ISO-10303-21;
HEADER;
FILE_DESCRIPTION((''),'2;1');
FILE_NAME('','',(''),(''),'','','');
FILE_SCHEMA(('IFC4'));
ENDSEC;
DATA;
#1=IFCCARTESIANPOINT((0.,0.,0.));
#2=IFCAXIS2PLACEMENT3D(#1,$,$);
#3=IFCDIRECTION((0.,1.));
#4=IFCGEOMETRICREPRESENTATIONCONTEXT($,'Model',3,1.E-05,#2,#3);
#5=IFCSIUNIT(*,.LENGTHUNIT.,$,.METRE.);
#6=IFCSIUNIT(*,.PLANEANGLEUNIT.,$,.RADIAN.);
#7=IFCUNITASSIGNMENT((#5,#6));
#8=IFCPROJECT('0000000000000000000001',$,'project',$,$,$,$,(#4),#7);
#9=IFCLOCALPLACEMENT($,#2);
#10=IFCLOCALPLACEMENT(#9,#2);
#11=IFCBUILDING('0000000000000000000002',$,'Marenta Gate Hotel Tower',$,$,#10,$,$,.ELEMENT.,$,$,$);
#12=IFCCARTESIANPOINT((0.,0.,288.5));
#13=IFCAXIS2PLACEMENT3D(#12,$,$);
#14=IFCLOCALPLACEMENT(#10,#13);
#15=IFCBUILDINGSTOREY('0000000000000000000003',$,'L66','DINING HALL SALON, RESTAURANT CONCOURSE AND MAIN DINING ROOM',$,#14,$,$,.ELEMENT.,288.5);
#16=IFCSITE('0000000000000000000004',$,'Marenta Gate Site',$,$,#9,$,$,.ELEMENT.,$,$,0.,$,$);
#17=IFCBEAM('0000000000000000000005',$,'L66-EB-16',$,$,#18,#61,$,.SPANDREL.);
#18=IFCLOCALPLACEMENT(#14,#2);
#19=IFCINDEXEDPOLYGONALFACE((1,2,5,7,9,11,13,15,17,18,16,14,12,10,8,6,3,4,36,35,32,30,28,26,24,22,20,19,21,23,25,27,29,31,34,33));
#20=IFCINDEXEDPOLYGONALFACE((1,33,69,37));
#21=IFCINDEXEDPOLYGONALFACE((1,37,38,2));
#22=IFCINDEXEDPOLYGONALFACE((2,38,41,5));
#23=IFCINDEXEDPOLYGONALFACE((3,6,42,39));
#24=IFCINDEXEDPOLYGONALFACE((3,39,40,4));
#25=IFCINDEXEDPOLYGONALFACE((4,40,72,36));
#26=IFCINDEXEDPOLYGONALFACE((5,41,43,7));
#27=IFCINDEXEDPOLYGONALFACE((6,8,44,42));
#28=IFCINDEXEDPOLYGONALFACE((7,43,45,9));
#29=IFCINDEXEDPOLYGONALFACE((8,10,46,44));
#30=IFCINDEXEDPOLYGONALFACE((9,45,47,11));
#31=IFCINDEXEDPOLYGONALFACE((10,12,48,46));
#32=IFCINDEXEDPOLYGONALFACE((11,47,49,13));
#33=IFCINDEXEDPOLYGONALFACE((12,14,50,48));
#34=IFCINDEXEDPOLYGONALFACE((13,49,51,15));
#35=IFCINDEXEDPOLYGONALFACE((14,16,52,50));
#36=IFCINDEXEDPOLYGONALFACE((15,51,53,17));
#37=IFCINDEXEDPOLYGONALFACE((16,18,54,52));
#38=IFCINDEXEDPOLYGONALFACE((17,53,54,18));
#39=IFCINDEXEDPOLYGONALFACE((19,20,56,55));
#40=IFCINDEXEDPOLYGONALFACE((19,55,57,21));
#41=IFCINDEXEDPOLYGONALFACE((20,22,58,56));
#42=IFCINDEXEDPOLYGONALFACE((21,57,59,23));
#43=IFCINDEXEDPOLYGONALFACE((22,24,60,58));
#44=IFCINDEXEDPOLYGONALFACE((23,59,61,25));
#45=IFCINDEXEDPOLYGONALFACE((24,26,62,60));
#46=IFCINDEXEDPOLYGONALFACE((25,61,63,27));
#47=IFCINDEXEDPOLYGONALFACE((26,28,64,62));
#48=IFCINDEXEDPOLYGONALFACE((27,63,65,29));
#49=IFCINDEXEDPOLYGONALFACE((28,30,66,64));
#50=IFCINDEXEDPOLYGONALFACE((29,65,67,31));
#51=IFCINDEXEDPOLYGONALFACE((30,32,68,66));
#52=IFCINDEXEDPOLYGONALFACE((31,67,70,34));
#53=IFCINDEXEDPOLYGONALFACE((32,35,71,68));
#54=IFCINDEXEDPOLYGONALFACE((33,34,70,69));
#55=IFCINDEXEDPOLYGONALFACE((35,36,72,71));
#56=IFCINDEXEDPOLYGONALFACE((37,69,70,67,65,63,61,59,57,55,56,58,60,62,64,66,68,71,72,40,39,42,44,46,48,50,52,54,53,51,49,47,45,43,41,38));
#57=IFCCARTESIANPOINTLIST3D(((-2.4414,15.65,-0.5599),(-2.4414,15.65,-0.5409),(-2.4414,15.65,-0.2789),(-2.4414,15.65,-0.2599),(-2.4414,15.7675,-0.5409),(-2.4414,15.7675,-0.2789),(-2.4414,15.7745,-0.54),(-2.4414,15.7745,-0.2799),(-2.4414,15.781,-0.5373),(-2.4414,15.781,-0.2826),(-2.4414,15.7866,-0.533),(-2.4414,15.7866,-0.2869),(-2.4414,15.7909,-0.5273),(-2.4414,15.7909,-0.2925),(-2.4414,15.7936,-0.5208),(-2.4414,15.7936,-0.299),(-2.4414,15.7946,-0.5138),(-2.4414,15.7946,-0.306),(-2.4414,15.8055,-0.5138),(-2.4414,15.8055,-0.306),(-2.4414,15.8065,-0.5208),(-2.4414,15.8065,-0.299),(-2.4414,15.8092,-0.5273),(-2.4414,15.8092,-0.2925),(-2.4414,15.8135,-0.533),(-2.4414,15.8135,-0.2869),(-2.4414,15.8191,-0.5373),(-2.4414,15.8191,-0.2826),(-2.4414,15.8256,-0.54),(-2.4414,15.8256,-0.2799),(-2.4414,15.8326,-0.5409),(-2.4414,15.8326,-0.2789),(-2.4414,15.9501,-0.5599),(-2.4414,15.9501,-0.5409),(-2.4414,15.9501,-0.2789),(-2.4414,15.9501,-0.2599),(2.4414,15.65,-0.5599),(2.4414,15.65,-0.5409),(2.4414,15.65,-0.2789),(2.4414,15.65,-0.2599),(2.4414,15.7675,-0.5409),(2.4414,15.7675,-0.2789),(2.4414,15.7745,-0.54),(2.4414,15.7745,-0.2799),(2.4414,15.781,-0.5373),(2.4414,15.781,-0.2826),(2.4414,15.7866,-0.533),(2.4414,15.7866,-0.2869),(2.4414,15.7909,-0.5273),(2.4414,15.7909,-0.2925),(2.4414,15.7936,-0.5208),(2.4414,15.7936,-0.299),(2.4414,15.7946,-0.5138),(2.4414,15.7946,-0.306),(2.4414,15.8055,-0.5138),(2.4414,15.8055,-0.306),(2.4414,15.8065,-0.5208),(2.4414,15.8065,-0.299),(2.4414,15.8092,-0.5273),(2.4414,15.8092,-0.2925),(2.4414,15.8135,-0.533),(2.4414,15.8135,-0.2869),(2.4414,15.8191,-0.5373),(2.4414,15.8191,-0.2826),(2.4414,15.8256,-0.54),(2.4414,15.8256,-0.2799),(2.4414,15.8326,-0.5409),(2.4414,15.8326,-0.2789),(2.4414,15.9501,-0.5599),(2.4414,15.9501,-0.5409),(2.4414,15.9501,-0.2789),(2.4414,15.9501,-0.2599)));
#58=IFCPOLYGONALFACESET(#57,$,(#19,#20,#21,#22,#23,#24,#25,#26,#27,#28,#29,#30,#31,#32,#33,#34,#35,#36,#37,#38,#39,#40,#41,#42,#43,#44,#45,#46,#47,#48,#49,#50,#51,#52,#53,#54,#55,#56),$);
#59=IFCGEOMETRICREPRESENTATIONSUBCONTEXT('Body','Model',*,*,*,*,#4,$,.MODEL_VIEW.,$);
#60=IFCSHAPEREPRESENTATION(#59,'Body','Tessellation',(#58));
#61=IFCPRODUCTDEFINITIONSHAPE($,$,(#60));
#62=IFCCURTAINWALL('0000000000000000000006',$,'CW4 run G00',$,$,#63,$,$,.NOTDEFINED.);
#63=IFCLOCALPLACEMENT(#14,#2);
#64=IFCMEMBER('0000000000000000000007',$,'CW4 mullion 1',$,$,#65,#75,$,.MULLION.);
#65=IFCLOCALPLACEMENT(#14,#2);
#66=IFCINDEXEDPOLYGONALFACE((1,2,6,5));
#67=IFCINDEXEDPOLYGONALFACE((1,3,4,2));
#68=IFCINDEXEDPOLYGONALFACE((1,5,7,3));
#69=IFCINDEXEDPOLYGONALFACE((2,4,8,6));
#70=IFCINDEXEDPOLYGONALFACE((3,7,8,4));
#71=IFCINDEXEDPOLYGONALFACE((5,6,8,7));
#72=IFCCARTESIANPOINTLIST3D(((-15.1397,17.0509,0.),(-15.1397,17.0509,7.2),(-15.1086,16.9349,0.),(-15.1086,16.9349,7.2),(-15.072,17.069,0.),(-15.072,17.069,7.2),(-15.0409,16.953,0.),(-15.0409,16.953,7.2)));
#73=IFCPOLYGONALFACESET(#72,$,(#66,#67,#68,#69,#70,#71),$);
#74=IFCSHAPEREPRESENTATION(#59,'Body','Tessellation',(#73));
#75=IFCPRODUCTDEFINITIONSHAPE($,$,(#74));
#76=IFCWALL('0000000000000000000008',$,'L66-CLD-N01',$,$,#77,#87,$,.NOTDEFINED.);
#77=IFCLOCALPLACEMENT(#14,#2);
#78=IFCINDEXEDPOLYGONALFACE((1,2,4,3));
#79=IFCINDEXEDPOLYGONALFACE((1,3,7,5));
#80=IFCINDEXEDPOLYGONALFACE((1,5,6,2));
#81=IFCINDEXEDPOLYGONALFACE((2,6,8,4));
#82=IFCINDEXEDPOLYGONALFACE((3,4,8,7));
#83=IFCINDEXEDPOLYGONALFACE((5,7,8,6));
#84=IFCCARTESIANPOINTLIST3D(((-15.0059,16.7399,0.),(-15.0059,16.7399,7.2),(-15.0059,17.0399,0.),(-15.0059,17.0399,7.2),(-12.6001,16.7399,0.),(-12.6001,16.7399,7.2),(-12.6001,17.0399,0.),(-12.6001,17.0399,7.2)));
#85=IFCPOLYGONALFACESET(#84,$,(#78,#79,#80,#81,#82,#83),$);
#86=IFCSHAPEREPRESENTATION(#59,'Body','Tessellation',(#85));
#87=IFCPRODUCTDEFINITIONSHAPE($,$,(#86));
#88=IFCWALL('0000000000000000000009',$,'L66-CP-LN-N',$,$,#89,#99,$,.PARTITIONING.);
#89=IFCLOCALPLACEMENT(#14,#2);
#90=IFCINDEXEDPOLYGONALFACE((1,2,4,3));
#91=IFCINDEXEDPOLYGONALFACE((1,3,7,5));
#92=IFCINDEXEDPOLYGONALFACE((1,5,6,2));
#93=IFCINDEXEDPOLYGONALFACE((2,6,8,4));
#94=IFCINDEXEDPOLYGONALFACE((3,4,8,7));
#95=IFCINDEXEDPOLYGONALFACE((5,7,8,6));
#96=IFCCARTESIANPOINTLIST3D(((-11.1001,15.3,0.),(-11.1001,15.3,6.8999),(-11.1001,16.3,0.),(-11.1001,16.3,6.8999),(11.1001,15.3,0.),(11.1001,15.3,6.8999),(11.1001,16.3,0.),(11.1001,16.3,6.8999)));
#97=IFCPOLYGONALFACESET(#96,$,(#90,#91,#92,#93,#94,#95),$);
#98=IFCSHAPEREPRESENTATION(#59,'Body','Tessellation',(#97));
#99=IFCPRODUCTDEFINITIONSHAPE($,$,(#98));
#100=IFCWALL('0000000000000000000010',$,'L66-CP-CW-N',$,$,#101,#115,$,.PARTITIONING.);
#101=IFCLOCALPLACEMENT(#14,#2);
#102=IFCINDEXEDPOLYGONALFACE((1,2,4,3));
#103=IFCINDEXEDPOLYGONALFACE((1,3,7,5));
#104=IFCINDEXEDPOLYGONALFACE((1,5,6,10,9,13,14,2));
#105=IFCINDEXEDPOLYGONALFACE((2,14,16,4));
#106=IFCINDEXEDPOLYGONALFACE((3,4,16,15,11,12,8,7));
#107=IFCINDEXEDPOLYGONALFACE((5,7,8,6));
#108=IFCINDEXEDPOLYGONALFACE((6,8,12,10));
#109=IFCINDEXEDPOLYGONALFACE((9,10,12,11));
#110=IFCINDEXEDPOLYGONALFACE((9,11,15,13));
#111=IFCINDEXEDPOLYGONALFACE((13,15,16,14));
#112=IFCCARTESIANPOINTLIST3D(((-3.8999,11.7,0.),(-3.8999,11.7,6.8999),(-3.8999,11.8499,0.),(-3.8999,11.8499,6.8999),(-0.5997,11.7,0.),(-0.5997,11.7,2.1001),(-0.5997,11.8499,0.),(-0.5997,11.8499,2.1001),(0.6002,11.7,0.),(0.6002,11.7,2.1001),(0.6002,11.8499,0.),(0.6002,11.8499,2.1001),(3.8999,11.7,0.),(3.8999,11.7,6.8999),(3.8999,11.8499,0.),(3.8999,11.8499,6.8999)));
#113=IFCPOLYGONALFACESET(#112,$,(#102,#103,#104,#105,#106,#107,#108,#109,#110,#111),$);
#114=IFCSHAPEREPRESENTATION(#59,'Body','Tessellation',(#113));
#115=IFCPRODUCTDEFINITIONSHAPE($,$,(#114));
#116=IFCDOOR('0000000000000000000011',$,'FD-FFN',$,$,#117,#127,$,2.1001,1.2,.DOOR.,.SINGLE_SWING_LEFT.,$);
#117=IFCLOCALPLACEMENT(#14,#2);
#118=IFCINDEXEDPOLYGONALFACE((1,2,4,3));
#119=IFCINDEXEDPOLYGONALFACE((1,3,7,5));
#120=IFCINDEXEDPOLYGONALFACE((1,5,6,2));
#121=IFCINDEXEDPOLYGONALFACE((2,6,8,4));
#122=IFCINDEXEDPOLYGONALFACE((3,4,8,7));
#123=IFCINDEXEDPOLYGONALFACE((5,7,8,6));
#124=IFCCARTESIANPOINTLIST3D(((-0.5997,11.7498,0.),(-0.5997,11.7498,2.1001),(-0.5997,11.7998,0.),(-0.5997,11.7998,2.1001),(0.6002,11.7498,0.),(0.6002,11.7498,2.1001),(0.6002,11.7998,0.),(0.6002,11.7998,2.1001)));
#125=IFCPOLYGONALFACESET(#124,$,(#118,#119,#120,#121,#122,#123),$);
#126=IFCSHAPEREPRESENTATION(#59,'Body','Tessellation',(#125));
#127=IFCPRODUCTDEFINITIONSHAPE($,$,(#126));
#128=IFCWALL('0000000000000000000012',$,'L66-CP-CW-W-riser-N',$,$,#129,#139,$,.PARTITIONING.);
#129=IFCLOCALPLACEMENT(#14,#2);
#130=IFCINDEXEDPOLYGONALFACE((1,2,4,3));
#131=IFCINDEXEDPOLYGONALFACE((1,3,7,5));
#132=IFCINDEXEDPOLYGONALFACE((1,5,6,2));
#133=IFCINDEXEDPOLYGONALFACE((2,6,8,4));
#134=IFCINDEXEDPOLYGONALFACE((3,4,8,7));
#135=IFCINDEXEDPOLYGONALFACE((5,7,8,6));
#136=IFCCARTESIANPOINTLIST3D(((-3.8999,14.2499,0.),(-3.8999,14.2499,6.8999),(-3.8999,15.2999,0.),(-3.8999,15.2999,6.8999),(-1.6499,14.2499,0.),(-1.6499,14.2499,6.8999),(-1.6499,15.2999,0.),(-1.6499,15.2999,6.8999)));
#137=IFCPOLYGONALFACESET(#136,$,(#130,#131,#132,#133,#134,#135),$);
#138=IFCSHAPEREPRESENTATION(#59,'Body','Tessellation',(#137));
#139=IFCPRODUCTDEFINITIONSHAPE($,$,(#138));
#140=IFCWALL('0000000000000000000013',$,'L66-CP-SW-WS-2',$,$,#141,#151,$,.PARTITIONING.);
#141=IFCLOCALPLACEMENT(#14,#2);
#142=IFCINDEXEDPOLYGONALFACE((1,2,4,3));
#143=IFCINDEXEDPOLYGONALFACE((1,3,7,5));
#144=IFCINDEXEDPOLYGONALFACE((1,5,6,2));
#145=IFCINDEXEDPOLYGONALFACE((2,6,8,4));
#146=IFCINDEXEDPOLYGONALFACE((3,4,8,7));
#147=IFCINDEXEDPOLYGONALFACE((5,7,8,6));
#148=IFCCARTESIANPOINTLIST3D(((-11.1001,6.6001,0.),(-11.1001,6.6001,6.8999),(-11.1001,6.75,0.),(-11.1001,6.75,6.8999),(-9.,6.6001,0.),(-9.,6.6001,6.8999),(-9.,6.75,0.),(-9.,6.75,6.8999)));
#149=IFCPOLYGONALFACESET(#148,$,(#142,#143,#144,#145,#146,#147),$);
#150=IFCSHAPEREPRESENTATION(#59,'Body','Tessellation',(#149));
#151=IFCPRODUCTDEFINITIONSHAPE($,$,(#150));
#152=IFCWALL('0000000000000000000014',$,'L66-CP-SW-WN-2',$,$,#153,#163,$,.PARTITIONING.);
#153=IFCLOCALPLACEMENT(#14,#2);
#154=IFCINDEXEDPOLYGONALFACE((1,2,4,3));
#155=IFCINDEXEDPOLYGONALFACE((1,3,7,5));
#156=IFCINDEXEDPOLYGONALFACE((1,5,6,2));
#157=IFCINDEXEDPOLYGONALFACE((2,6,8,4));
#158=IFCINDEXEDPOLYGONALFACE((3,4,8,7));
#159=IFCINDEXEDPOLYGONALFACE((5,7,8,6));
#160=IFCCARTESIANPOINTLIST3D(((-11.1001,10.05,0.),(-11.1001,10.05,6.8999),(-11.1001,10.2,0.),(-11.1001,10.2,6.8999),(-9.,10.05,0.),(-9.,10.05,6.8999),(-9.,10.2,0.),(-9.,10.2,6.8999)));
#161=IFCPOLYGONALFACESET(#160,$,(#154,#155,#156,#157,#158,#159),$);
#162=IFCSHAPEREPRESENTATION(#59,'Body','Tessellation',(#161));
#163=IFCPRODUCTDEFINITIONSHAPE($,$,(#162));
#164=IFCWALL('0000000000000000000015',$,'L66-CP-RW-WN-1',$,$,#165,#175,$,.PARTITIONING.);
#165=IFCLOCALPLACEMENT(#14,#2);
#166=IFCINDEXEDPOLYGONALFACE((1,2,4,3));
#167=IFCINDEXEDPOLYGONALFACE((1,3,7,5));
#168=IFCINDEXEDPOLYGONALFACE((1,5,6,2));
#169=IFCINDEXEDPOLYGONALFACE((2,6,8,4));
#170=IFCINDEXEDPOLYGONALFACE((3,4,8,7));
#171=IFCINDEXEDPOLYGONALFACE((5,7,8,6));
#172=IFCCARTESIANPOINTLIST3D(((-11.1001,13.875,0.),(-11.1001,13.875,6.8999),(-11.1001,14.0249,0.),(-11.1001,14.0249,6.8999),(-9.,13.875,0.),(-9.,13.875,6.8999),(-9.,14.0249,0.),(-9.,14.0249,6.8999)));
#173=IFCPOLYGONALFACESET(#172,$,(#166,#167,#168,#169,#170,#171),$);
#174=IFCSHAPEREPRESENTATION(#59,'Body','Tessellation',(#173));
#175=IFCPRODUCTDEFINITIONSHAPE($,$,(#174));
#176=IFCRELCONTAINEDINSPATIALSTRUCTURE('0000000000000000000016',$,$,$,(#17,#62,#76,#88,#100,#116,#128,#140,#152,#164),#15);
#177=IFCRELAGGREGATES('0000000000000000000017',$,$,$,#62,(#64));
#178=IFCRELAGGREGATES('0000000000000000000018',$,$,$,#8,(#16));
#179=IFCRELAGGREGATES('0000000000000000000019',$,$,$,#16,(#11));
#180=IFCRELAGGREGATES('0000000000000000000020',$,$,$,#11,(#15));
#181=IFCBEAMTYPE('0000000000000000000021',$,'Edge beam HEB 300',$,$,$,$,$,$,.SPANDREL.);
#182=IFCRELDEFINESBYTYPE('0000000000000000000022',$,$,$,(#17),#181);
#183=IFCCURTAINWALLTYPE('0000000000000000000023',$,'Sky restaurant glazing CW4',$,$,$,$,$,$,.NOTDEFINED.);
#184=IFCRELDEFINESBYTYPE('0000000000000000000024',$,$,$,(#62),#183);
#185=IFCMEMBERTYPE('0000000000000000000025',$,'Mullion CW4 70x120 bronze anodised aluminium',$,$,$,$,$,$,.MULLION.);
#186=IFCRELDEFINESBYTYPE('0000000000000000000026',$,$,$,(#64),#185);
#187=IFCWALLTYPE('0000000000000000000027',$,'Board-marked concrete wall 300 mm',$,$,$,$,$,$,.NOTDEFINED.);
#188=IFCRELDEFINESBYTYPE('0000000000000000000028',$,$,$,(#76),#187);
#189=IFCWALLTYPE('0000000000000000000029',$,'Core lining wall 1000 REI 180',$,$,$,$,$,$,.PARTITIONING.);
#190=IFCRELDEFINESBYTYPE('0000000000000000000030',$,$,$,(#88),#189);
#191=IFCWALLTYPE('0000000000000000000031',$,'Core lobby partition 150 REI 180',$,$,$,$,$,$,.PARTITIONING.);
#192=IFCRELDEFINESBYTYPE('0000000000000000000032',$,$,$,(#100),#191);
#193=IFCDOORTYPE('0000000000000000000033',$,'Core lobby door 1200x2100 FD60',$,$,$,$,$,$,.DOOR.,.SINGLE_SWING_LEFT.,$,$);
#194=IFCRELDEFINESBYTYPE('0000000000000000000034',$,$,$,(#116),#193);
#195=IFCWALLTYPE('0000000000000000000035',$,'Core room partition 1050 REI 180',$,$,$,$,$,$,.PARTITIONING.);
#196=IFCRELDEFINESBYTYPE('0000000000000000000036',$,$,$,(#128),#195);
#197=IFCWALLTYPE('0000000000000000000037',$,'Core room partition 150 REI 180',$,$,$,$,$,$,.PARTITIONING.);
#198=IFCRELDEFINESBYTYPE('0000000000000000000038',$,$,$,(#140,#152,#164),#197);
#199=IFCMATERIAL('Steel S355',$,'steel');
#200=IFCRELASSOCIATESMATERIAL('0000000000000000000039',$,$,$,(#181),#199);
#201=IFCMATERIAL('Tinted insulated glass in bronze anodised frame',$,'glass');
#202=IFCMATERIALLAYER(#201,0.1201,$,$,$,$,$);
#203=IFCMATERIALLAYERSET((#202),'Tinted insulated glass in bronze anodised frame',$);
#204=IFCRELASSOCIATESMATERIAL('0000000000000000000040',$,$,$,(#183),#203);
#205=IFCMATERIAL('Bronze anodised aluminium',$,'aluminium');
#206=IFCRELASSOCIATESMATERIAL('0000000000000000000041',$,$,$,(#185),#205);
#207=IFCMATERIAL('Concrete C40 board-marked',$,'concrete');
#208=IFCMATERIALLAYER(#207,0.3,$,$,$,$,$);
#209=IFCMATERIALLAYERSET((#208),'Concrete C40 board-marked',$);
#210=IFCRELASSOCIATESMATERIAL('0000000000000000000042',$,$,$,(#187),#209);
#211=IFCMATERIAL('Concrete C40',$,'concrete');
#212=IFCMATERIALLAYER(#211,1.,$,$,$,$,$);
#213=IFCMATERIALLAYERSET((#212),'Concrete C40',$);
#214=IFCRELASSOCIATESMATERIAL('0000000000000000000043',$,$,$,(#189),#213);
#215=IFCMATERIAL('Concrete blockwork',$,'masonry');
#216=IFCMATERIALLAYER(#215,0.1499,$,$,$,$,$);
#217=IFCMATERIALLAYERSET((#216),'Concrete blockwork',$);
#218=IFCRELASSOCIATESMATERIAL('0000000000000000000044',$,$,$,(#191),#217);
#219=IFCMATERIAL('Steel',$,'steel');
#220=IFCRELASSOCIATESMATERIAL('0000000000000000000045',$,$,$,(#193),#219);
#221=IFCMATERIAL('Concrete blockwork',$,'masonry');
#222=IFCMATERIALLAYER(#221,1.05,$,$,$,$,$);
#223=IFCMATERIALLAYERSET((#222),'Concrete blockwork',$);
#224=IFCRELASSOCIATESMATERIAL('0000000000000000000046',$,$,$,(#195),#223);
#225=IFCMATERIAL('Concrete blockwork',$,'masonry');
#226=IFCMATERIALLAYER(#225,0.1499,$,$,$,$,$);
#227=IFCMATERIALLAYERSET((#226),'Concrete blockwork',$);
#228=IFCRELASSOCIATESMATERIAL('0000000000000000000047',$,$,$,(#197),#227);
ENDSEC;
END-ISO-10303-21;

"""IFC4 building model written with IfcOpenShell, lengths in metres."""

from ifc_helpers import new_model, si_unit, direction, frame, frame_2d, origin, origin_2d, place, context, subcontext, project, spatial, rectangle, i_section, extrude, material, layer, layer_set, material_profile, profile_set, type_object, element, fill, aggregate, save


model = new_model("IFC4")

# Units and contexts
model_context = context("Model", 3, precision=1e-05, world=origin(), true_north=direction((0.0, 1.0)))
body_context = subcontext(model_context, "Body", "Model", "MODEL_VIEW")
ifc_project = project(units=[si_unit("LENGTHUNIT", "METRE"), si_unit("PLANEANGLEUNIT", "RADIAN")], contexts=[model_context])

# Site, building, storey
site_placement = place(None, origin())
site = spatial("IfcSite", under=ifc_project, at=site_placement, Name="Marenta Gate Site", CompositionType="ELEMENT", RefElevation=0.0)
building_placement = place(site_placement, origin())
building = spatial("IfcBuilding", under=site, at=building_placement, Name="Marenta Gate Hotel Tower", CompositionType="ELEMENT")
storey_placement = place(building_placement, frame((0.0, 0.0, 288.5)))
storey = spatial("IfcBuildingStorey", under=building, at=storey_placement, Name="L66", Description="DINING HALL SALON, RESTAURANT CONCOURSE AND MAIN DINING ROOM", CompositionType="ELEMENT", Elevation=288.5)

# Beam
ifc_material_1 = material(Name="Steel S355", Category="steel")
ifc_material_profile_1 = material_profile(ifc_material_1, i_section(OverallWidth=0.3, OverallDepth=0.3, WebThickness=0.011, FlangeThickness=0.019, FilletRadius=0.0271, at=origin_2d()), Name="HEB 300")
ifc_profile_set_1 = profile_set([ifc_material_profile_1], Name="Steel S355")
beam_type = type_object("IfcBeamType", Name="Edge beam HEB 300", PredefinedType="SPANDREL", material=ifc_profile_set_1)
beam_1_placement = place(storey_placement, frame((-2.4414, 15.8, -0.4099), z_axis=(1.0, 0.0, 0.0), x_axis=(0.0, 1.0, 0.0)))
element("IfcBeam", 1, at=beam_1_placement, inside=storey, type_object=beam_type, Name="L66-EB-16", PredefinedType="SPANDREL", context=body_context, shape_type="SweptSolid", body=[
    extrude(i_section(OverallWidth=0.3, OverallDepth=0.3, WebThickness=0.011, FlangeThickness=0.019, FilletRadius=0.0271, at=origin_2d()), origin(), (0.0, 0.0, 1.0), 4.8828),
])

# Curtain wall, member
ifc_material_2 = material(Name="Tinted insulated glass in bronze anodised frame", Category="glass")
ifc_layer_1 = layer(ifc_material_2, 0.1201)
ifc_layer_set_1 = layer_set([ifc_layer_1], Name="Tinted insulated glass in bronze anodised frame")
curtain_wall_type = type_object("IfcCurtainWallType", Name="Sky restaurant glazing CW4", PredefinedType="NOTDEFINED", material=ifc_layer_set_1)
curtain_wall_placement = place(storey_placement, origin())
curtain_wall = element("IfcCurtainWall", 2, at=curtain_wall_placement, inside=storey, type_object=curtain_wall_type, Name="CW4 run G00", PredefinedType="NOTDEFINED")
ifc_material_3 = material(Name="Bronze anodised aluminium", Category="aluminium")
ifc_material_profile_2 = material_profile(ifc_material_3, rectangle(XDim=0.1201, YDim=0.0701, at=origin_2d()), Name="Mullion CW4 70x120 bronze anodised aluminium")
ifc_profile_set_2 = profile_set([ifc_material_profile_2], Name="Bronze anodised aluminium")
member_type = type_object("IfcMemberType", Name="Mullion CW4 70x120 bronze anodised aluminium", PredefinedType="MULLION", material=ifc_profile_set_2)
member_placement = place(storey_placement, frame((-15.0903, 17.002, 0.0), z_axis=(0.0, 0.0, 1.0), x_axis=(0.258801, -0.965931, 0.0)))
member = element("IfcMember", 3, at=member_placement, type_object=member_type, Name="CW4 mullion 1", PredefinedType="MULLION", context=body_context, shape_type="SweptSolid", body=[
    extrude(rectangle(XDim=0.1201, YDim=0.0701, at=origin_2d()), origin(), (0.0, 0.0, 1.0), 7.2),
])
aggregate(curtain_wall, [member])

# Walls
ifc_material_4 = material(Name="Concrete C40 board-marked", Category="concrete")
ifc_layer_2 = layer(ifc_material_4, 0.3)
ifc_layer_set_2 = layer_set([ifc_layer_2], Name="Concrete C40 board-marked")
wall_type_1 = type_object("IfcWallType", Name="Board-marked concrete wall 300 mm", PredefinedType="NOTDEFINED", material=ifc_layer_set_2)
wall_1_placement = place(storey_placement, frame((-12.6001, 16.8899, 0.0), z_axis=(0.0, 0.0, 1.0), x_axis=(-1.0, 0.0, 0.0)))
element("IfcWall", 4, at=wall_1_placement, inside=storey, type_object=wall_type_1, Name="L66-CLD-N01", PredefinedType="NOTDEFINED", context=body_context, shape_type="SweptSolid", body=[
    extrude(rectangle(XDim=2.4058, YDim=0.3, at=frame_2d((1.2029, 0.0))), origin(), (0.0, 0.0, 1.0), 7.2),
])
ifc_material_5 = material(Name="Concrete C40", Category="concrete")
ifc_layer_3 = layer(ifc_material_5, 1.0)
ifc_layer_set_3 = layer_set([ifc_layer_3], Name="Concrete C40")
wall_type_2 = type_object("IfcWallType", Name="Core lining wall 1000 REI 180", PredefinedType="PARTITIONING", material=ifc_layer_set_3)
wall_2_placement = place(storey_placement, frame((-11.1001, 15.8, 0.0), z_axis=(0.0, 0.0, 1.0), x_axis=(1.0, 0.0, 0.0)))
element("IfcWall", 5, at=wall_2_placement, inside=storey, type_object=wall_type_2, Name="L66-CP-LN-N", PredefinedType="PARTITIONING", context=body_context, shape_type="SweptSolid", body=[
    extrude(rectangle(XDim=22.2002, YDim=1.0, at=frame_2d((11.1001, 0.0))), origin(), (0.0, 0.0, 1.0), 6.8999),
])

# Wall, opening, door
ifc_material_6 = material(Name="Concrete blockwork", Category="masonry")
ifc_layer_4 = layer(ifc_material_6, 0.1499)
ifc_layer_set_4 = layer_set([ifc_layer_4], Name="Concrete blockwork")
wall_type_3 = type_object("IfcWallType", Name="Core lobby partition 150 REI 180", PredefinedType="PARTITIONING", material=ifc_layer_set_4)
wall_3_placement = place(storey_placement, frame((-3.8999, 11.7749, 0.0), z_axis=(0.0, 0.0, 1.0), x_axis=(1.0, 0.0, 0.0)))
wall_3 = element("IfcWall", 6, at=wall_3_placement, inside=storey, type_object=wall_type_3, Name="L66-CP-CW-N", PredefinedType="PARTITIONING", context=body_context, shape_type="SweptSolid", body=[
    extrude(rectangle(XDim=7.7998, YDim=0.1499, at=frame_2d((3.8999, 0.0))), origin(), (0.0, 0.0, 1.0), 6.8999),
])
opening_1_placement = place(wall_3_placement, frame((3.3, 0.0, 0.0)))
opening_1 = element("IfcOpeningElement", 7, at=opening_1_placement, cuts=wall_3, PredefinedType="OPENING", context=body_context, shape_type="SweptSolid", body=[
    extrude(rectangle(XDim=1.2, YDim=2.1001, at=frame_2d((0.6001, 1.05))), frame((0.0, 0.075, 0.0), z_axis=(0.0, -1.0, 0.0), x_axis=(1.0, 0.0, 0.0)), (0.0, 0.0, 1.0), 0.1499),
])
ifc_material_7 = material(Name="Steel", Category="steel")
door_type_1 = type_object("IfcDoorType", Name="Core lobby door 1200x2100 FD60", OperationType="SINGLE_SWING_LEFT", PredefinedType="DOOR", material=ifc_material_7)
door_1_placement = place(opening_1_placement, origin())
door_1 = element("IfcDoor", 8, at=door_1_placement, inside=storey, type_object=door_type_1, Name="FD-FFN", OperationType="SINGLE_SWING_LEFT", OverallHeight=2.1001, OverallWidth=1.2, PredefinedType="DOOR", context=body_context, shape_type="SweptSolid", body=[
    extrude(rectangle(XDim=1.2, YDim=2.1001, at=frame_2d((0.6001, 1.05))), frame((0.0, 0.0249, 0.0), z_axis=(0.0, -1.0, 0.0), x_axis=(1.0, 0.0, 0.0)), (0.0, 0.0, 1.0), 0.05),
])
fill(opening_1, door_1)

# Walls
ifc_material_8 = material(Name="Concrete blockwork", Category="masonry")
ifc_layer_5 = layer(ifc_material_8, 1.05)
ifc_layer_set_5 = layer_set([ifc_layer_5], Name="Concrete blockwork")
wall_type_4 = type_object("IfcWallType", Name="Core room partition 1050 REI 180", PredefinedType="PARTITIONING", material=ifc_layer_set_5)
wall_4_placement = place(storey_placement, frame((-3.8999, 14.7749, 0.0), z_axis=(0.0, 0.0, 1.0), x_axis=(1.0, 0.0, 0.0)))
element("IfcWall", 9, at=wall_4_placement, inside=storey, type_object=wall_type_4, Name="L66-CP-CW-W-riser-N", PredefinedType="PARTITIONING", context=body_context, shape_type="SweptSolid", body=[
    extrude(rectangle(XDim=2.25, YDim=1.05, at=frame_2d((1.125, 0.0))), origin(), (0.0, 0.0, 1.0), 6.8999),
])
ifc_material_9 = material(Name="Concrete blockwork", Category="masonry")
ifc_layer_6 = layer(ifc_material_9, 0.1499)
ifc_layer_set_6 = layer_set([ifc_layer_6], Name="Concrete blockwork")
wall_type_5 = type_object("IfcWallType", Name="Core room partition 150 REI 180", PredefinedType="PARTITIONING", material=ifc_layer_set_6)
for number, where, z_axis, x_axis, name in (
    (10, (-11.1001, 6.675, 0.0), (0.0, 0.0, 1.0), (1.0, 0.0, 0.0), "L66-CP-SW-WS-2"),
    (11, (-11.1001, 10.125, 0.0), (0.0, 0.0, 1.0), (1.0, 0.0, 0.0), "L66-CP-SW-WN-2"),
    (12, (-11.1001, 13.95, 0.0), (0.0, 0.0, 1.0), (1.0, 0.0, 0.0), "L66-CP-RW-WN-1"),
):
    element("IfcWall", number, at=place(storey_placement, frame(where, z_axis=z_axis, x_axis=x_axis)), inside=storey, type_object=wall_type_5, Name=name, PredefinedType="PARTITIONING", context=body_context, shape_type="SweptSolid", body=[
        extrude(rectangle(XDim=2.1001, YDim=0.1499, at=frame_2d((1.05, 0.0))), origin(), (0.0, 0.0, 1.0), 6.8999),
    ])

save(model, "model.ifc")
